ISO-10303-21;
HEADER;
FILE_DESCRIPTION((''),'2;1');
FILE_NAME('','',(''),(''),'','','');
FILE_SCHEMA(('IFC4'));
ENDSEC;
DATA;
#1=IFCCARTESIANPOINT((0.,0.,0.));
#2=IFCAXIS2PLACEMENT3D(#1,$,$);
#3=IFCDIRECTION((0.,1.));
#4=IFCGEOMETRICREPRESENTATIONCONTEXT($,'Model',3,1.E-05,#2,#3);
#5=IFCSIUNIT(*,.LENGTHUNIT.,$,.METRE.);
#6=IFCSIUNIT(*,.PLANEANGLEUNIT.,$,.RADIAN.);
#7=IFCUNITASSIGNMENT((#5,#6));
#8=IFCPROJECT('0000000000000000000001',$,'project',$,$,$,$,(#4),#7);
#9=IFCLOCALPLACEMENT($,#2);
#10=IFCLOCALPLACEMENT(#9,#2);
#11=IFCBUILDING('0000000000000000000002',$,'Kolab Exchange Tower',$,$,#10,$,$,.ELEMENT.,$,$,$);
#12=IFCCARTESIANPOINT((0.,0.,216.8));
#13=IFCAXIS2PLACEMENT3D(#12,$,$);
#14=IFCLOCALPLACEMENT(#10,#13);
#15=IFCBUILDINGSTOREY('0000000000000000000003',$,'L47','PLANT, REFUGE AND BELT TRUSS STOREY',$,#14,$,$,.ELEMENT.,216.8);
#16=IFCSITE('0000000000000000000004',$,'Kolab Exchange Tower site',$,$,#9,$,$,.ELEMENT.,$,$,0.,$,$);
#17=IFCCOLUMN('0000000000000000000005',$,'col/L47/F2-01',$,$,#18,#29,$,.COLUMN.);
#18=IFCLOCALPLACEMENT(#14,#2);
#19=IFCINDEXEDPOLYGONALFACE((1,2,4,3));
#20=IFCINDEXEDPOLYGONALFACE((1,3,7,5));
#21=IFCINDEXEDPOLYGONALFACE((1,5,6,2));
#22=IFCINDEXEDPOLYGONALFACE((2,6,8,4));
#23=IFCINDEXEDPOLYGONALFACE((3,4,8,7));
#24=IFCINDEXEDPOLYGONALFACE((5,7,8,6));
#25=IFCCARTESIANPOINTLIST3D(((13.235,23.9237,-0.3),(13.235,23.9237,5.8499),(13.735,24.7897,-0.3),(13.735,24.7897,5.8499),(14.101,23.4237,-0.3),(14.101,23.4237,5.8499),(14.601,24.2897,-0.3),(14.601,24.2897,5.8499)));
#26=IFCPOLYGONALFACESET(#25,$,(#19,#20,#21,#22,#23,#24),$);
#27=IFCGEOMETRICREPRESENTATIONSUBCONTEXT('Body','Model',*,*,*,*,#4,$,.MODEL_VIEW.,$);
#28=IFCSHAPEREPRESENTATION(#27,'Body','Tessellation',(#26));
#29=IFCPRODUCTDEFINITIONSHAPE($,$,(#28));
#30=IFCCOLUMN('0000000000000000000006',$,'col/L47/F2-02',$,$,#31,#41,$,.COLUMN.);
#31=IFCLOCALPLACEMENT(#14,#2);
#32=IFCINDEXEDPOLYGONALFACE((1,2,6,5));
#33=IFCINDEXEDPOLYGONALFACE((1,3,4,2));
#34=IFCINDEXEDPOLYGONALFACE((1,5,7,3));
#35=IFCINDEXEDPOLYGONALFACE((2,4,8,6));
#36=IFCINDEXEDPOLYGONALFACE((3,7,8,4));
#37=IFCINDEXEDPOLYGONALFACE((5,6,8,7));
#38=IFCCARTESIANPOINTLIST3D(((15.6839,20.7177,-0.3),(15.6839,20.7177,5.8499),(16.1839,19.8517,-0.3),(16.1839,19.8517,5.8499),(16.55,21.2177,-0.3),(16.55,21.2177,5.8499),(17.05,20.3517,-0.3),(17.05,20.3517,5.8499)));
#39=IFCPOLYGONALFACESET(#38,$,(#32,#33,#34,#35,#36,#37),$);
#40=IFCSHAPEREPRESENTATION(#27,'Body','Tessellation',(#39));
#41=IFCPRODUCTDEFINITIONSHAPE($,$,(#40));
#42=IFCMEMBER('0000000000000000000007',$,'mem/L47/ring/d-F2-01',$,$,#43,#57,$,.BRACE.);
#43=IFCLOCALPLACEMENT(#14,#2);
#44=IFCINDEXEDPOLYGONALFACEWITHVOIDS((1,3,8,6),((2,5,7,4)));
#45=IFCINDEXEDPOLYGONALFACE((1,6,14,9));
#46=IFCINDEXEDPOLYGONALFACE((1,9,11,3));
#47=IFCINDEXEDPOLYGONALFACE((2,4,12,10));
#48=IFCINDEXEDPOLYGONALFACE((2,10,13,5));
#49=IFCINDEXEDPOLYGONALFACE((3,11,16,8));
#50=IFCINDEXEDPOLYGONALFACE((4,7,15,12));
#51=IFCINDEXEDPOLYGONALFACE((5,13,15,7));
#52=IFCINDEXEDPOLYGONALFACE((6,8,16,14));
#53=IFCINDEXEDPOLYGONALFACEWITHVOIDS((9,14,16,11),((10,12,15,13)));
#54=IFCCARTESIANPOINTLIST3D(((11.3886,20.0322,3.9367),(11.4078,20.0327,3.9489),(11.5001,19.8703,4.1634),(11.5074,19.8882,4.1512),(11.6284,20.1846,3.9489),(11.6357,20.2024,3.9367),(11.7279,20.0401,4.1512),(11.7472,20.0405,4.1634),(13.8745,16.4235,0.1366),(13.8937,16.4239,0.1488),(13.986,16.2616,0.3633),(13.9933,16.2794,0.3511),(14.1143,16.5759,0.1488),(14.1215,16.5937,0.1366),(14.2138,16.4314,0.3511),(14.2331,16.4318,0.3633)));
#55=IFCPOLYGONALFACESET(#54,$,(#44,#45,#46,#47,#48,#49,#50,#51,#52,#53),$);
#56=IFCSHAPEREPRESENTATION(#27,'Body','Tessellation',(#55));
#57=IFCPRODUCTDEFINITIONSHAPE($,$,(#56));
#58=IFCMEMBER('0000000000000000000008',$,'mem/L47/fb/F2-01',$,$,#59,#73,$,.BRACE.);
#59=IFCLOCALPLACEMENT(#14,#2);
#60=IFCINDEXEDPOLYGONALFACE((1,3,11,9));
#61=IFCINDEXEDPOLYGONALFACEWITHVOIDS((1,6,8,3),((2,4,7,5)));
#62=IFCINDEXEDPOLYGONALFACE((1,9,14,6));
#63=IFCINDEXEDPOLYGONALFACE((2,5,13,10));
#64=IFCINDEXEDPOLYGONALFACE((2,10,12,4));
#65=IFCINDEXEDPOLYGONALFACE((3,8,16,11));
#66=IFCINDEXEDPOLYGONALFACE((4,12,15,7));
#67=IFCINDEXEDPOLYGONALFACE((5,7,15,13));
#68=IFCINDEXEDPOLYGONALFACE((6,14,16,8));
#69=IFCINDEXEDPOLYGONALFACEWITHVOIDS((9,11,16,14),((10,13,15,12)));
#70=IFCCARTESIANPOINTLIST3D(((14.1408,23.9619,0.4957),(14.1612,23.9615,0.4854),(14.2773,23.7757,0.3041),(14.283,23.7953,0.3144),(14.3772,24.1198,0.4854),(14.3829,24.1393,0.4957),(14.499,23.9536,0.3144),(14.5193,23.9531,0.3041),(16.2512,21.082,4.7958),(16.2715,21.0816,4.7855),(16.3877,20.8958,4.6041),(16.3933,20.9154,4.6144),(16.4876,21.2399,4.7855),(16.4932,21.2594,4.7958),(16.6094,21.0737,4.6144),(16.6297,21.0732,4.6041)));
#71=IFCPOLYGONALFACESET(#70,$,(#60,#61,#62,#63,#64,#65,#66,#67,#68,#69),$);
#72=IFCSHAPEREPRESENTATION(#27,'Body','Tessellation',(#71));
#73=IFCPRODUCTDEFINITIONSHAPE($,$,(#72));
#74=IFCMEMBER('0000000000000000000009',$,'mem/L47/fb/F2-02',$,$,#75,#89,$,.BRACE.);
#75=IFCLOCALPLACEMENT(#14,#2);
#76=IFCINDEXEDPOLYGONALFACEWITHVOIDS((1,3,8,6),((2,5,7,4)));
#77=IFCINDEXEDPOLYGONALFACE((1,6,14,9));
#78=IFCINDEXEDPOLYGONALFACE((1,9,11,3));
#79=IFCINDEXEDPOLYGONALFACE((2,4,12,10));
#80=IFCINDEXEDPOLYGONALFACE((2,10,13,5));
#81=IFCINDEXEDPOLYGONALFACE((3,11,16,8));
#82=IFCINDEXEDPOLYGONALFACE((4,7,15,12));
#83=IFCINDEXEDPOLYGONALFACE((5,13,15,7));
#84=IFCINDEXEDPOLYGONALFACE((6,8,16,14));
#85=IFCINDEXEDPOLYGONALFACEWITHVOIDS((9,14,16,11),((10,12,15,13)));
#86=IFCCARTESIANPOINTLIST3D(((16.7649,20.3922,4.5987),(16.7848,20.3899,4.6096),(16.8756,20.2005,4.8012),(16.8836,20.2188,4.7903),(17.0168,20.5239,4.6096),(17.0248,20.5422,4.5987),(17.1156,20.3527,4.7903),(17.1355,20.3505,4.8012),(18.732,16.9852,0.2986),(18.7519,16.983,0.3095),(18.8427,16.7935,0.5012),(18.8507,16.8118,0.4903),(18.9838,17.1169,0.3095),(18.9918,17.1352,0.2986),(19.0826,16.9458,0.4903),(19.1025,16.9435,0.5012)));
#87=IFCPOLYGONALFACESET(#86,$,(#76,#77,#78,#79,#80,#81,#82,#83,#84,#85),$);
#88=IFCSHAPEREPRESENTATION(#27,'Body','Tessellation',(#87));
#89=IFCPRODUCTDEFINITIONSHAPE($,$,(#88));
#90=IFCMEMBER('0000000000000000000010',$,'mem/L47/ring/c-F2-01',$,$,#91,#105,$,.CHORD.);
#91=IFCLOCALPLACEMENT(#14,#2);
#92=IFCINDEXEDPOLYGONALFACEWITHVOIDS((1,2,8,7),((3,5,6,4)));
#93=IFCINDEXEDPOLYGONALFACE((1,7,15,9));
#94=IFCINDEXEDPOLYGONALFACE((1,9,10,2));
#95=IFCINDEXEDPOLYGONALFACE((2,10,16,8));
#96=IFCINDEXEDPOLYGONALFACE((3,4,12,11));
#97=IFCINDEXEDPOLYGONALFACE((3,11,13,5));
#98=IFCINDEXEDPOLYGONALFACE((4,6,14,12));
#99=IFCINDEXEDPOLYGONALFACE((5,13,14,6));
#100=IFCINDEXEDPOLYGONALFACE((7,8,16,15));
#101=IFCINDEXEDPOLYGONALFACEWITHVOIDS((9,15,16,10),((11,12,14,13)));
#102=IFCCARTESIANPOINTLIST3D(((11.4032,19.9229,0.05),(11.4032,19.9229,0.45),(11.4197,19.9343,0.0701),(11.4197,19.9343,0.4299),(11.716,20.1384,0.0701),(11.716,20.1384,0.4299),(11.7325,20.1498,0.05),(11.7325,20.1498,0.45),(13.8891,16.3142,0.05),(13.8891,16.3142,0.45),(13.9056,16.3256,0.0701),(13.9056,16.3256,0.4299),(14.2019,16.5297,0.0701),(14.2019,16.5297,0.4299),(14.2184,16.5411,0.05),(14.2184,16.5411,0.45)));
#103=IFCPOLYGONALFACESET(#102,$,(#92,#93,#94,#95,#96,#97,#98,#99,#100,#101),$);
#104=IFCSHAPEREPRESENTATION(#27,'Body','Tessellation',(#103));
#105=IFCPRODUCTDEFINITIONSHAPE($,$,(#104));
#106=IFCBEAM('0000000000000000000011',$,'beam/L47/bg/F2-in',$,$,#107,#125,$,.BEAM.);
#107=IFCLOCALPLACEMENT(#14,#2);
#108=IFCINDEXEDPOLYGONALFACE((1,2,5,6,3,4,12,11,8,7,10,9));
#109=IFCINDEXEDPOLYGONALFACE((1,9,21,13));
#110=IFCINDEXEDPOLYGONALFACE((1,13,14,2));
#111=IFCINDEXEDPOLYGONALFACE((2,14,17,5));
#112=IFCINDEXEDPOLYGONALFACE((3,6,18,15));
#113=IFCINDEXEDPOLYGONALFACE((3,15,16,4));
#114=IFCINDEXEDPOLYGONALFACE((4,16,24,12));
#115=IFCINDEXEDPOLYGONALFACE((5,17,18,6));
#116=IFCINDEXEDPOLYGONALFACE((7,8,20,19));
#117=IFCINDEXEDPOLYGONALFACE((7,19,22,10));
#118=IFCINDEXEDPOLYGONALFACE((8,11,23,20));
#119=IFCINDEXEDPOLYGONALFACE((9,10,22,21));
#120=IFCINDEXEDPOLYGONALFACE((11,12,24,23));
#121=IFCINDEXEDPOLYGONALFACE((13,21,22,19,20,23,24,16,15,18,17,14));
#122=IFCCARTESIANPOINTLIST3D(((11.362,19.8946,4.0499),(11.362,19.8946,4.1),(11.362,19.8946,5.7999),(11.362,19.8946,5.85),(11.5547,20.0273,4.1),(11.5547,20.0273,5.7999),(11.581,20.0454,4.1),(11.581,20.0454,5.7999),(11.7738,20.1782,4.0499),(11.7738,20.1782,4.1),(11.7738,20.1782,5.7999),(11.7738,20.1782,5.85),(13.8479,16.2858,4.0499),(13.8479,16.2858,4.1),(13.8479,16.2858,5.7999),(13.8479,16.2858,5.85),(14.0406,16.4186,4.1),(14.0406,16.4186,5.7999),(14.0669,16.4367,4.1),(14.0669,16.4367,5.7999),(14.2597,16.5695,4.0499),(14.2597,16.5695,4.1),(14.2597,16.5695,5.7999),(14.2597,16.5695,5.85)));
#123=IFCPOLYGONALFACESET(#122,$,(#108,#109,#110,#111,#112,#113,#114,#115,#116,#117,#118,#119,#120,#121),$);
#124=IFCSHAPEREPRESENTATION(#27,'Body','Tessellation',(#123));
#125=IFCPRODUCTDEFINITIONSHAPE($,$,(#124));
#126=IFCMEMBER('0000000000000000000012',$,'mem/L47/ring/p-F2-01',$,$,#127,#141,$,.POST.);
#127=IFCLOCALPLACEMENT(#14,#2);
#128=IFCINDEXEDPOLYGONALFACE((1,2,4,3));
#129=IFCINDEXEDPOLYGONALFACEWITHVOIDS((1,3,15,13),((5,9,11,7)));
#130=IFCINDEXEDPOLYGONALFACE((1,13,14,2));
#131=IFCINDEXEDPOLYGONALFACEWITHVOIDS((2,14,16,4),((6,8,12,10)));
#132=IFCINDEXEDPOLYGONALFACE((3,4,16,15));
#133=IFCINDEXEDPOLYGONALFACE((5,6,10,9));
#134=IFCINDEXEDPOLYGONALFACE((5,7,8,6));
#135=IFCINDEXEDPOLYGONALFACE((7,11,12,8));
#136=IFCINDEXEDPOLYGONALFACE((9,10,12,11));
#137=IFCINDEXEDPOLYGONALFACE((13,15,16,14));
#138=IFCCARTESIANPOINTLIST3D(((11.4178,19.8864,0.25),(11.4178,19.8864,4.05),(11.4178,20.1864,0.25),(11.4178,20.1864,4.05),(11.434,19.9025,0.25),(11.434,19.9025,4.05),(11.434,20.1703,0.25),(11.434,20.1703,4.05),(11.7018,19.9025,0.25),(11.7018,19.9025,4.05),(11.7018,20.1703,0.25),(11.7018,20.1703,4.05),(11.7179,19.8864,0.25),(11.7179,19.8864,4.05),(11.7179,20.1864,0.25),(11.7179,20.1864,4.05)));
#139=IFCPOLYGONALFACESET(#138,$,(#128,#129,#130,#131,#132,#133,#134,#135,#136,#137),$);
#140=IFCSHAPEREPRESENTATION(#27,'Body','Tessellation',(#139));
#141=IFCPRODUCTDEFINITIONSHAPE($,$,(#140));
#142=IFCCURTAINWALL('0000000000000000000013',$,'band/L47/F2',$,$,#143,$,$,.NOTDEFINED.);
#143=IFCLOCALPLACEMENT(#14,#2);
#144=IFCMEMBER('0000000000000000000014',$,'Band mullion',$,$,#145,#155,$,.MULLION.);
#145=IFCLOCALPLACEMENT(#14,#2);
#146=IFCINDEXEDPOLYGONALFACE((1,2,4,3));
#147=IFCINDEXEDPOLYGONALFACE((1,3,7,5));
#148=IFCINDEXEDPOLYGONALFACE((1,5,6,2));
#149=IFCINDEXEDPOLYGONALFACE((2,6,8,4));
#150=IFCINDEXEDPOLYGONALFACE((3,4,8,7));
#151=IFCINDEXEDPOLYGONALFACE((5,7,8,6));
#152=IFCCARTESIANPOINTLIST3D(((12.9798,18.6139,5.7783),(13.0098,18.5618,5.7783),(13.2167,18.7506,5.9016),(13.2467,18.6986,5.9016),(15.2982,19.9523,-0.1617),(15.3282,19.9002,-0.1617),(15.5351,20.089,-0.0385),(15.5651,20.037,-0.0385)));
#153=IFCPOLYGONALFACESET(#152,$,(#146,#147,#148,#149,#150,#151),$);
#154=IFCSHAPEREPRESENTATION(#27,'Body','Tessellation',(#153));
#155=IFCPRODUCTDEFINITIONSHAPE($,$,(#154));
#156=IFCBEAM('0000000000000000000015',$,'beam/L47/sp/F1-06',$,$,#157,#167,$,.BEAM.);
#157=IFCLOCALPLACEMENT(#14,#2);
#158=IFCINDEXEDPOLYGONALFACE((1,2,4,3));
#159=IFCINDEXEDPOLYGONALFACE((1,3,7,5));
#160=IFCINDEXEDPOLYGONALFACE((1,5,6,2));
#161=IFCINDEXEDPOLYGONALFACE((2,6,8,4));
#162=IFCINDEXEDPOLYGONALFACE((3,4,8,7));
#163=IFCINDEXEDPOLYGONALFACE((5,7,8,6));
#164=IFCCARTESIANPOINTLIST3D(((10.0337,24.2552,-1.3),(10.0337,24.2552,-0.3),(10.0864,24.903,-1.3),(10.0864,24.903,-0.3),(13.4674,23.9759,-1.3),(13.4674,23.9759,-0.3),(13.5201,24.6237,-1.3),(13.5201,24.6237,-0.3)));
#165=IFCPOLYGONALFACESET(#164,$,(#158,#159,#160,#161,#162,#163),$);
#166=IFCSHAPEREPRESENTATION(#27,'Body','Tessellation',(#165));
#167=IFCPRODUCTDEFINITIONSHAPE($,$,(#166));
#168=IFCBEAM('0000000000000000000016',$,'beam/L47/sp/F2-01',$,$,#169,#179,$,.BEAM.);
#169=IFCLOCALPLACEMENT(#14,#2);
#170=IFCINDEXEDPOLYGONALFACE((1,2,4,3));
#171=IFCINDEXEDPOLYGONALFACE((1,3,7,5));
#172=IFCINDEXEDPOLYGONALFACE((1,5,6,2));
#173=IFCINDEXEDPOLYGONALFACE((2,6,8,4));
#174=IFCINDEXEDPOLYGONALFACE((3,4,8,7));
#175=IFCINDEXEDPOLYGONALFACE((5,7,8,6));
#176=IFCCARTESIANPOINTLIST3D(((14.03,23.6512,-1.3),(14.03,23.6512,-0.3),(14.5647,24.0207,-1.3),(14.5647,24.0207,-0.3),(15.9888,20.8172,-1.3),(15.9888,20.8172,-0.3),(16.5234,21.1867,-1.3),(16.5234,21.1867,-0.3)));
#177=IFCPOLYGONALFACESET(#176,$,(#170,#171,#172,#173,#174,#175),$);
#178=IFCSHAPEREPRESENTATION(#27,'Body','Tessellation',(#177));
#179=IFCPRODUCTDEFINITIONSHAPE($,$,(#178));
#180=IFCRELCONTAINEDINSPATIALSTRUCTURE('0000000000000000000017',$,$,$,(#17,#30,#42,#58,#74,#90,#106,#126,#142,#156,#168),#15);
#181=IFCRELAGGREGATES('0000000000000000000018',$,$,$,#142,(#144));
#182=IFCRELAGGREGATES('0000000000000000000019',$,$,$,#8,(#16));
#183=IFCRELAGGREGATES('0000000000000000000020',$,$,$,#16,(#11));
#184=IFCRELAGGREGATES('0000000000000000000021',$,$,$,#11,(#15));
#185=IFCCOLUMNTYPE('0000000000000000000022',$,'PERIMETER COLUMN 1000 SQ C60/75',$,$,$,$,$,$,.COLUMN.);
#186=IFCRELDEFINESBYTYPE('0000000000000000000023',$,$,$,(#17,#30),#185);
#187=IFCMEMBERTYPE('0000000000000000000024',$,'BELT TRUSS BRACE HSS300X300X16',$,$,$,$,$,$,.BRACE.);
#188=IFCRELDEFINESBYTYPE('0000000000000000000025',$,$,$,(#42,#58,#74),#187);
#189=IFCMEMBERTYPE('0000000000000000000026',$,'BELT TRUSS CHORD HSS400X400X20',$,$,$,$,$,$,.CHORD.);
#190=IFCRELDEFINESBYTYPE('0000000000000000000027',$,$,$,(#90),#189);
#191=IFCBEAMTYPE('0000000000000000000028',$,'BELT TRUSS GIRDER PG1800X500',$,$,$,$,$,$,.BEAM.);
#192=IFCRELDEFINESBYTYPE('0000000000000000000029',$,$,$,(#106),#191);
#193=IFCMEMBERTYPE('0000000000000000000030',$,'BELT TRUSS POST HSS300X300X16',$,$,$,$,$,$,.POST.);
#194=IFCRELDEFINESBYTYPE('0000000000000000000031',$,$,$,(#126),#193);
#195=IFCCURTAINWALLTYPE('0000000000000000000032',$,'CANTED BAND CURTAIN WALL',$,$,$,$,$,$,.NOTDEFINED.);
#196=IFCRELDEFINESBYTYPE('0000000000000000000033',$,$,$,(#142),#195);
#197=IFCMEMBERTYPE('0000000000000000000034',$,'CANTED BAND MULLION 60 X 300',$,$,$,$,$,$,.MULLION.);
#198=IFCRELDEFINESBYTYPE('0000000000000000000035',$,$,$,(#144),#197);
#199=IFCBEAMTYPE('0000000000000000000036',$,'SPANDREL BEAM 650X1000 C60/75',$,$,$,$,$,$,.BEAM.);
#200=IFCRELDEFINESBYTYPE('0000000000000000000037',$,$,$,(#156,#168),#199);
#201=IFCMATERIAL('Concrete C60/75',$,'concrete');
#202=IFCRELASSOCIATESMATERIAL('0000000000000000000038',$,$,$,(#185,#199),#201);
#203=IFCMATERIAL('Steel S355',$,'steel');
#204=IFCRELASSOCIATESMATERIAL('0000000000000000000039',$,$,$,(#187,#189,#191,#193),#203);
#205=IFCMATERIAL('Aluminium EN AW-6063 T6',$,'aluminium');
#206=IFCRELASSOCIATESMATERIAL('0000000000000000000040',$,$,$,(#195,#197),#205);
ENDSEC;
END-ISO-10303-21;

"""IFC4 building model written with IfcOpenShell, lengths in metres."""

from ifc_helpers import new_model, si_unit, direction, frame, origin, origin_2d, place, context, subcontext, project, spatial, rectangle, hollow_rectangle, i_section, extrude, material, material_profile, profile_set, type_object, element, aggregate, save


model = new_model("IFC4")

# Units and contexts
model_context = context("Model", 3, precision=1e-05, world=origin(), true_north=direction((0.0, 1.0)))
body_context = subcontext(model_context, "Body", "Model", "MODEL_VIEW")
ifc_project = project(units=[si_unit("LENGTHUNIT", "METRE"), si_unit("PLANEANGLEUNIT", "RADIAN")], contexts=[model_context])

# Site, building, storey
site_placement = place(None, origin())
site = spatial("IfcSite", under=ifc_project, at=site_placement, Name="Kolab Exchange Tower site", CompositionType="ELEMENT", RefElevation=0.0)
building_placement = place(site_placement, origin())
building = spatial("IfcBuilding", under=site, at=building_placement, Name="Kolab Exchange Tower", CompositionType="ELEMENT")
storey_placement = place(building_placement, frame((0.0, 0.0, 216.8)))
storey = spatial("IfcBuildingStorey", under=building, at=storey_placement, Name="L47", Description="PLANT, REFUGE AND BELT TRUSS STOREY", CompositionType="ELEMENT", Elevation=216.8)

# Columns
ifc_material_1 = material(Name="Concrete C60/75", Category="concrete")
ifc_material_profile_1 = material_profile(ifc_material_1, rectangle(XDim=1.0, YDim=1.0, at=origin_2d()), Name="RC1000")
ifc_profile_set_1 = profile_set([ifc_material_profile_1], Name="Concrete C60/75")
column_type = type_object("IfcColumnType", Name="PERIMETER COLUMN 1000 SQ C60/75", PredefinedType="COLUMN", material=ifc_profile_set_1)
for number, where, z_axis, x_axis, name in (
    (1, (13.918, 24.1067, -0.3), (0.0, 0.0, 1.0), (0.5, 0.866025, 0.0), "col/L47/F2-01"),
    (2, (16.3669, 20.5347, -0.3), (0.0, 0.0, 1.0), (0.866025, 0.5, 0.0), "col/L47/F2-02"),
):
    element("IfcColumn", number, at=place(storey_placement, frame(where, z_axis=z_axis, x_axis=x_axis)), inside=storey, type_object=column_type, Name=name, PredefinedType="COLUMN", context=body_context, shape_type="SweptSolid", body=[
        extrude(rectangle(XDim=1.0, YDim=1.0, at=origin_2d()), origin(), (0.0, 0.0, 1.0), 6.1499),
    ])

# Members
ifc_material_2 = material(Name="Steel S355", Category="steel")
ifc_material_profile_2 = material_profile(ifc_material_2, hollow_rectangle(XDim=0.3, YDim=0.3, WallThickness=0.0161, at=origin_2d()), Name="HSS300X300X16")
ifc_profile_set_2 = profile_set([ifc_material_profile_2], Name="Steel S355")
member_type_1 = type_object("IfcMemberType", Name="BELT TRUSS BRACE HSS300X300X16", PredefinedType="BRACE", material=ifc_profile_set_2)
member_1_placement = place(storey_placement, frame((11.5679, 20.0364, 4.05), z_axis=(0.42858, -0.622161, -0.655161), x_axis=(0.82352, 0.567288, 0.0)))
element("IfcMember", 3, at=member_1_placement, inside=storey, type_object=member_type_1, Name="mem/L47/ring/d-F2-01", PredefinedType="BRACE", context=body_context, shape_type="SweptSolid", body=[
    extrude(hollow_rectangle(XDim=0.3, YDim=0.3, WallThickness=0.0161, at=origin_2d()), origin(), (0.0, 0.0, 1.0), 5.8003),
])
member_2_placement = place(storey_placement, frame((14.3301, 23.9575, 0.3999), z_axis=(0.377585, -0.51527, 0.769367), x_axis=(0.806614, 0.591079, 0.0)))
element("IfcMember", 4, at=member_2_placement, inside=storey, type_object=member_type_1, Name="mem/L47/fb/F2-01", PredefinedType="BRACE", context=body_context, shape_type="SweptSolid", body=[
    extrude(hollow_rectangle(XDim=0.3, YDim=0.3, WallThickness=0.0161, at=origin_2d()), origin(), (0.0, 0.0, 1.0), 5.5891),
])
member_3_placement = place(storey_placement, frame((16.9502, 20.3713, 4.7), z_axis=(0.337508, -0.584575, -0.737808), x_axis=(0.866023, 0.500004, 0.0)))
element("IfcMember", 5, at=member_3_placement, inside=storey, type_object=member_type_1, Name="mem/L47/fb/F2-02", PredefinedType="BRACE", context=body_context, shape_type="SweptSolid", body=[
    extrude(hollow_rectangle(XDim=0.3, YDim=0.3, WallThickness=0.0161, at=origin_2d()), origin(), (0.0, 0.0, 1.0), 5.8281),
])
ifc_material_profile_3 = material_profile(ifc_material_2, hollow_rectangle(XDim=0.3999, YDim=0.3999, WallThickness=0.02, at=origin_2d()), Name="HSS400X400X20")
ifc_profile_set_3 = profile_set([ifc_material_profile_3], Name="Steel S355")
member_type_2 = type_object("IfcMemberType", Name="BELT TRUSS CHORD HSS400X400X20", PredefinedType="CHORD", material=ifc_profile_set_3)
member_4_placement = place(storey_placement, frame((11.5679, 20.0364, 0.25), z_axis=(0.567288, -0.82352, 0.0), x_axis=(0.82352, 0.567288, 0.0)))
element("IfcMember", 6, at=member_4_placement, inside=storey, type_object=member_type_2, Name="mem/L47/ring/c-F2-01", PredefinedType="CHORD", context=body_context, shape_type="SweptSolid", body=[
    extrude(hollow_rectangle(XDim=0.3999, YDim=0.3999, WallThickness=0.02, at=origin_2d()), origin(), (0.0, 0.0, 1.0), 4.3821),
])

# Beam
ifc_material_profile_4 = material_profile(ifc_material_2, i_section(OverallWidth=0.5, OverallDepth=1.8, WebThickness=0.032, FlangeThickness=0.05, at=origin_2d()), Name="PG1800X500")
ifc_profile_set_4 = profile_set([ifc_material_profile_4], Name="Steel S355")
beam_type_1 = type_object("IfcBeamType", Name="BELT TRUSS GIRDER PG1800X500", PredefinedType="BEAM", material=ifc_profile_set_4)
beam_1_placement = place(storey_placement, frame((11.5679, 20.0364, 4.95), z_axis=(0.567288, -0.82352, 0.0), x_axis=(0.82352, 0.567288, 0.0)))
element("IfcBeam", 7, at=beam_1_placement, inside=storey, type_object=beam_type_1, Name="beam/L47/bg/F2-in", PredefinedType="BEAM", context=body_context, shape_type="SweptSolid", body=[
    extrude(i_section(OverallWidth=0.5, OverallDepth=1.8, WebThickness=0.032, FlangeThickness=0.05, at=origin_2d()), origin(), (0.0, 0.0, 1.0), 4.3821),
])

# Member
ifc_material_profile_5 = material_profile(ifc_material_2, hollow_rectangle(XDim=0.3, YDim=0.3, WallThickness=0.0161, at=origin_2d()), Name="HSS300X300X16")
ifc_profile_set_5 = profile_set([ifc_material_profile_5], Name="Steel S355")
member_type_3 = type_object("IfcMemberType", Name="BELT TRUSS POST HSS300X300X16", PredefinedType="POST", material=ifc_profile_set_5)
member_5_placement = place(storey_placement, frame((11.5679, 20.0364, 0.25), z_axis=(0.0, 0.0, 1.0), x_axis=(1.0, 0.0, 0.0)))
element("IfcMember", 8, at=member_5_placement, inside=storey, type_object=member_type_3, Name="mem/L47/ring/p-F2-01", PredefinedType="POST", context=body_context, shape_type="SweptSolid", body=[
    extrude(hollow_rectangle(XDim=0.3, YDim=0.3, WallThickness=0.0161, at=origin_2d()), origin(), (0.0, 0.0, 1.0), 3.8),
])

# Curtain wall, member
ifc_material_3 = material(Name="Aluminium EN AW-6063 T6", Category="aluminium")
curtain_wall_type_1 = type_object("IfcCurtainWallType", Name="CANTED BAND CURTAIN WALL", PredefinedType="NOTDEFINED", material=ifc_material_3)
curtain_wall_1_placement = place(storey_placement, origin())
curtain_wall_1 = element("IfcCurtainWall", 9, at=curtain_wall_1_placement, inside=storey, type_object=curtain_wall_type_1, Name="band/L47/F2", PredefinedType="NOTDEFINED")
ifc_material_profile_6 = material_profile(ifc_material_3, rectangle(XDim=0.0601, YDim=0.3, at=origin_2d()), Name="RECT 60X300")
ifc_profile_set_6 = profile_set([ifc_material_profile_6], Name="Aluminium EN AW-6063 T6")
member_type_4 = type_object("IfcMemberType", Name="CANTED BAND MULLION 60 X 300", PredefinedType="MULLION", material=ifc_profile_set_6)
member_6_placement = place(storey_placement, frame((15.4316, 19.9946, -0.1001), z_axis=(-0.355834, -0.205421, 0.911693), x_axis=(0.499965, -0.866046, 0.0)))
member_6 = element("IfcMember", 10, at=member_6_placement, type_object=member_type_4, Name="Band mullion", PredefinedType="MULLION", context=body_context, shape_type="SweptSolid", body=[
    extrude(rectangle(XDim=0.0601, YDim=0.3, at=origin_2d()), origin(), (0.0, 0.0, 1.0), 6.5154),
])

# Beams
ifc_material_profile_7 = material_profile(ifc_material_1, rectangle(XDim=0.6499, YDim=1.0, at=origin_2d()), Name="RC650X1000")
ifc_profile_set_7 = profile_set([ifc_material_profile_7], Name="Concrete C60/75")
beam_type_2 = type_object("IfcBeamType", Name="SPANDREL BEAM 650X1000 C60/75", PredefinedType="BEAM", material=ifc_profile_set_7)
for number, where, z_axis, x_axis, name in (
    (11, (10.0601, 24.5791, -0.8), (0.996708, -0.081069, 0.0), (0.081069, 0.996708, 0.0), "beam/L47/sp/F1-06"),
    (12, (14.2974, 23.8359, -0.8), (0.568572, -0.822633, 0.0), (0.822633, 0.568572, 0.0), "beam/L47/sp/F2-01"),
):
    element("IfcBeam", number, at=place(storey_placement, frame(where, z_axis=z_axis, x_axis=x_axis)), inside=storey, type_object=beam_type_2, Name=name, PredefinedType="BEAM", context=body_context, shape_type="SweptSolid", body=[
        extrude(rectangle(XDim=0.6499, YDim=1.0, at=origin_2d()), origin(), (0.0, 0.0, 1.0), 3.4451),
    ])

aggregate(curtain_wall_1, [member_6])

save(model, "model.ifc")
